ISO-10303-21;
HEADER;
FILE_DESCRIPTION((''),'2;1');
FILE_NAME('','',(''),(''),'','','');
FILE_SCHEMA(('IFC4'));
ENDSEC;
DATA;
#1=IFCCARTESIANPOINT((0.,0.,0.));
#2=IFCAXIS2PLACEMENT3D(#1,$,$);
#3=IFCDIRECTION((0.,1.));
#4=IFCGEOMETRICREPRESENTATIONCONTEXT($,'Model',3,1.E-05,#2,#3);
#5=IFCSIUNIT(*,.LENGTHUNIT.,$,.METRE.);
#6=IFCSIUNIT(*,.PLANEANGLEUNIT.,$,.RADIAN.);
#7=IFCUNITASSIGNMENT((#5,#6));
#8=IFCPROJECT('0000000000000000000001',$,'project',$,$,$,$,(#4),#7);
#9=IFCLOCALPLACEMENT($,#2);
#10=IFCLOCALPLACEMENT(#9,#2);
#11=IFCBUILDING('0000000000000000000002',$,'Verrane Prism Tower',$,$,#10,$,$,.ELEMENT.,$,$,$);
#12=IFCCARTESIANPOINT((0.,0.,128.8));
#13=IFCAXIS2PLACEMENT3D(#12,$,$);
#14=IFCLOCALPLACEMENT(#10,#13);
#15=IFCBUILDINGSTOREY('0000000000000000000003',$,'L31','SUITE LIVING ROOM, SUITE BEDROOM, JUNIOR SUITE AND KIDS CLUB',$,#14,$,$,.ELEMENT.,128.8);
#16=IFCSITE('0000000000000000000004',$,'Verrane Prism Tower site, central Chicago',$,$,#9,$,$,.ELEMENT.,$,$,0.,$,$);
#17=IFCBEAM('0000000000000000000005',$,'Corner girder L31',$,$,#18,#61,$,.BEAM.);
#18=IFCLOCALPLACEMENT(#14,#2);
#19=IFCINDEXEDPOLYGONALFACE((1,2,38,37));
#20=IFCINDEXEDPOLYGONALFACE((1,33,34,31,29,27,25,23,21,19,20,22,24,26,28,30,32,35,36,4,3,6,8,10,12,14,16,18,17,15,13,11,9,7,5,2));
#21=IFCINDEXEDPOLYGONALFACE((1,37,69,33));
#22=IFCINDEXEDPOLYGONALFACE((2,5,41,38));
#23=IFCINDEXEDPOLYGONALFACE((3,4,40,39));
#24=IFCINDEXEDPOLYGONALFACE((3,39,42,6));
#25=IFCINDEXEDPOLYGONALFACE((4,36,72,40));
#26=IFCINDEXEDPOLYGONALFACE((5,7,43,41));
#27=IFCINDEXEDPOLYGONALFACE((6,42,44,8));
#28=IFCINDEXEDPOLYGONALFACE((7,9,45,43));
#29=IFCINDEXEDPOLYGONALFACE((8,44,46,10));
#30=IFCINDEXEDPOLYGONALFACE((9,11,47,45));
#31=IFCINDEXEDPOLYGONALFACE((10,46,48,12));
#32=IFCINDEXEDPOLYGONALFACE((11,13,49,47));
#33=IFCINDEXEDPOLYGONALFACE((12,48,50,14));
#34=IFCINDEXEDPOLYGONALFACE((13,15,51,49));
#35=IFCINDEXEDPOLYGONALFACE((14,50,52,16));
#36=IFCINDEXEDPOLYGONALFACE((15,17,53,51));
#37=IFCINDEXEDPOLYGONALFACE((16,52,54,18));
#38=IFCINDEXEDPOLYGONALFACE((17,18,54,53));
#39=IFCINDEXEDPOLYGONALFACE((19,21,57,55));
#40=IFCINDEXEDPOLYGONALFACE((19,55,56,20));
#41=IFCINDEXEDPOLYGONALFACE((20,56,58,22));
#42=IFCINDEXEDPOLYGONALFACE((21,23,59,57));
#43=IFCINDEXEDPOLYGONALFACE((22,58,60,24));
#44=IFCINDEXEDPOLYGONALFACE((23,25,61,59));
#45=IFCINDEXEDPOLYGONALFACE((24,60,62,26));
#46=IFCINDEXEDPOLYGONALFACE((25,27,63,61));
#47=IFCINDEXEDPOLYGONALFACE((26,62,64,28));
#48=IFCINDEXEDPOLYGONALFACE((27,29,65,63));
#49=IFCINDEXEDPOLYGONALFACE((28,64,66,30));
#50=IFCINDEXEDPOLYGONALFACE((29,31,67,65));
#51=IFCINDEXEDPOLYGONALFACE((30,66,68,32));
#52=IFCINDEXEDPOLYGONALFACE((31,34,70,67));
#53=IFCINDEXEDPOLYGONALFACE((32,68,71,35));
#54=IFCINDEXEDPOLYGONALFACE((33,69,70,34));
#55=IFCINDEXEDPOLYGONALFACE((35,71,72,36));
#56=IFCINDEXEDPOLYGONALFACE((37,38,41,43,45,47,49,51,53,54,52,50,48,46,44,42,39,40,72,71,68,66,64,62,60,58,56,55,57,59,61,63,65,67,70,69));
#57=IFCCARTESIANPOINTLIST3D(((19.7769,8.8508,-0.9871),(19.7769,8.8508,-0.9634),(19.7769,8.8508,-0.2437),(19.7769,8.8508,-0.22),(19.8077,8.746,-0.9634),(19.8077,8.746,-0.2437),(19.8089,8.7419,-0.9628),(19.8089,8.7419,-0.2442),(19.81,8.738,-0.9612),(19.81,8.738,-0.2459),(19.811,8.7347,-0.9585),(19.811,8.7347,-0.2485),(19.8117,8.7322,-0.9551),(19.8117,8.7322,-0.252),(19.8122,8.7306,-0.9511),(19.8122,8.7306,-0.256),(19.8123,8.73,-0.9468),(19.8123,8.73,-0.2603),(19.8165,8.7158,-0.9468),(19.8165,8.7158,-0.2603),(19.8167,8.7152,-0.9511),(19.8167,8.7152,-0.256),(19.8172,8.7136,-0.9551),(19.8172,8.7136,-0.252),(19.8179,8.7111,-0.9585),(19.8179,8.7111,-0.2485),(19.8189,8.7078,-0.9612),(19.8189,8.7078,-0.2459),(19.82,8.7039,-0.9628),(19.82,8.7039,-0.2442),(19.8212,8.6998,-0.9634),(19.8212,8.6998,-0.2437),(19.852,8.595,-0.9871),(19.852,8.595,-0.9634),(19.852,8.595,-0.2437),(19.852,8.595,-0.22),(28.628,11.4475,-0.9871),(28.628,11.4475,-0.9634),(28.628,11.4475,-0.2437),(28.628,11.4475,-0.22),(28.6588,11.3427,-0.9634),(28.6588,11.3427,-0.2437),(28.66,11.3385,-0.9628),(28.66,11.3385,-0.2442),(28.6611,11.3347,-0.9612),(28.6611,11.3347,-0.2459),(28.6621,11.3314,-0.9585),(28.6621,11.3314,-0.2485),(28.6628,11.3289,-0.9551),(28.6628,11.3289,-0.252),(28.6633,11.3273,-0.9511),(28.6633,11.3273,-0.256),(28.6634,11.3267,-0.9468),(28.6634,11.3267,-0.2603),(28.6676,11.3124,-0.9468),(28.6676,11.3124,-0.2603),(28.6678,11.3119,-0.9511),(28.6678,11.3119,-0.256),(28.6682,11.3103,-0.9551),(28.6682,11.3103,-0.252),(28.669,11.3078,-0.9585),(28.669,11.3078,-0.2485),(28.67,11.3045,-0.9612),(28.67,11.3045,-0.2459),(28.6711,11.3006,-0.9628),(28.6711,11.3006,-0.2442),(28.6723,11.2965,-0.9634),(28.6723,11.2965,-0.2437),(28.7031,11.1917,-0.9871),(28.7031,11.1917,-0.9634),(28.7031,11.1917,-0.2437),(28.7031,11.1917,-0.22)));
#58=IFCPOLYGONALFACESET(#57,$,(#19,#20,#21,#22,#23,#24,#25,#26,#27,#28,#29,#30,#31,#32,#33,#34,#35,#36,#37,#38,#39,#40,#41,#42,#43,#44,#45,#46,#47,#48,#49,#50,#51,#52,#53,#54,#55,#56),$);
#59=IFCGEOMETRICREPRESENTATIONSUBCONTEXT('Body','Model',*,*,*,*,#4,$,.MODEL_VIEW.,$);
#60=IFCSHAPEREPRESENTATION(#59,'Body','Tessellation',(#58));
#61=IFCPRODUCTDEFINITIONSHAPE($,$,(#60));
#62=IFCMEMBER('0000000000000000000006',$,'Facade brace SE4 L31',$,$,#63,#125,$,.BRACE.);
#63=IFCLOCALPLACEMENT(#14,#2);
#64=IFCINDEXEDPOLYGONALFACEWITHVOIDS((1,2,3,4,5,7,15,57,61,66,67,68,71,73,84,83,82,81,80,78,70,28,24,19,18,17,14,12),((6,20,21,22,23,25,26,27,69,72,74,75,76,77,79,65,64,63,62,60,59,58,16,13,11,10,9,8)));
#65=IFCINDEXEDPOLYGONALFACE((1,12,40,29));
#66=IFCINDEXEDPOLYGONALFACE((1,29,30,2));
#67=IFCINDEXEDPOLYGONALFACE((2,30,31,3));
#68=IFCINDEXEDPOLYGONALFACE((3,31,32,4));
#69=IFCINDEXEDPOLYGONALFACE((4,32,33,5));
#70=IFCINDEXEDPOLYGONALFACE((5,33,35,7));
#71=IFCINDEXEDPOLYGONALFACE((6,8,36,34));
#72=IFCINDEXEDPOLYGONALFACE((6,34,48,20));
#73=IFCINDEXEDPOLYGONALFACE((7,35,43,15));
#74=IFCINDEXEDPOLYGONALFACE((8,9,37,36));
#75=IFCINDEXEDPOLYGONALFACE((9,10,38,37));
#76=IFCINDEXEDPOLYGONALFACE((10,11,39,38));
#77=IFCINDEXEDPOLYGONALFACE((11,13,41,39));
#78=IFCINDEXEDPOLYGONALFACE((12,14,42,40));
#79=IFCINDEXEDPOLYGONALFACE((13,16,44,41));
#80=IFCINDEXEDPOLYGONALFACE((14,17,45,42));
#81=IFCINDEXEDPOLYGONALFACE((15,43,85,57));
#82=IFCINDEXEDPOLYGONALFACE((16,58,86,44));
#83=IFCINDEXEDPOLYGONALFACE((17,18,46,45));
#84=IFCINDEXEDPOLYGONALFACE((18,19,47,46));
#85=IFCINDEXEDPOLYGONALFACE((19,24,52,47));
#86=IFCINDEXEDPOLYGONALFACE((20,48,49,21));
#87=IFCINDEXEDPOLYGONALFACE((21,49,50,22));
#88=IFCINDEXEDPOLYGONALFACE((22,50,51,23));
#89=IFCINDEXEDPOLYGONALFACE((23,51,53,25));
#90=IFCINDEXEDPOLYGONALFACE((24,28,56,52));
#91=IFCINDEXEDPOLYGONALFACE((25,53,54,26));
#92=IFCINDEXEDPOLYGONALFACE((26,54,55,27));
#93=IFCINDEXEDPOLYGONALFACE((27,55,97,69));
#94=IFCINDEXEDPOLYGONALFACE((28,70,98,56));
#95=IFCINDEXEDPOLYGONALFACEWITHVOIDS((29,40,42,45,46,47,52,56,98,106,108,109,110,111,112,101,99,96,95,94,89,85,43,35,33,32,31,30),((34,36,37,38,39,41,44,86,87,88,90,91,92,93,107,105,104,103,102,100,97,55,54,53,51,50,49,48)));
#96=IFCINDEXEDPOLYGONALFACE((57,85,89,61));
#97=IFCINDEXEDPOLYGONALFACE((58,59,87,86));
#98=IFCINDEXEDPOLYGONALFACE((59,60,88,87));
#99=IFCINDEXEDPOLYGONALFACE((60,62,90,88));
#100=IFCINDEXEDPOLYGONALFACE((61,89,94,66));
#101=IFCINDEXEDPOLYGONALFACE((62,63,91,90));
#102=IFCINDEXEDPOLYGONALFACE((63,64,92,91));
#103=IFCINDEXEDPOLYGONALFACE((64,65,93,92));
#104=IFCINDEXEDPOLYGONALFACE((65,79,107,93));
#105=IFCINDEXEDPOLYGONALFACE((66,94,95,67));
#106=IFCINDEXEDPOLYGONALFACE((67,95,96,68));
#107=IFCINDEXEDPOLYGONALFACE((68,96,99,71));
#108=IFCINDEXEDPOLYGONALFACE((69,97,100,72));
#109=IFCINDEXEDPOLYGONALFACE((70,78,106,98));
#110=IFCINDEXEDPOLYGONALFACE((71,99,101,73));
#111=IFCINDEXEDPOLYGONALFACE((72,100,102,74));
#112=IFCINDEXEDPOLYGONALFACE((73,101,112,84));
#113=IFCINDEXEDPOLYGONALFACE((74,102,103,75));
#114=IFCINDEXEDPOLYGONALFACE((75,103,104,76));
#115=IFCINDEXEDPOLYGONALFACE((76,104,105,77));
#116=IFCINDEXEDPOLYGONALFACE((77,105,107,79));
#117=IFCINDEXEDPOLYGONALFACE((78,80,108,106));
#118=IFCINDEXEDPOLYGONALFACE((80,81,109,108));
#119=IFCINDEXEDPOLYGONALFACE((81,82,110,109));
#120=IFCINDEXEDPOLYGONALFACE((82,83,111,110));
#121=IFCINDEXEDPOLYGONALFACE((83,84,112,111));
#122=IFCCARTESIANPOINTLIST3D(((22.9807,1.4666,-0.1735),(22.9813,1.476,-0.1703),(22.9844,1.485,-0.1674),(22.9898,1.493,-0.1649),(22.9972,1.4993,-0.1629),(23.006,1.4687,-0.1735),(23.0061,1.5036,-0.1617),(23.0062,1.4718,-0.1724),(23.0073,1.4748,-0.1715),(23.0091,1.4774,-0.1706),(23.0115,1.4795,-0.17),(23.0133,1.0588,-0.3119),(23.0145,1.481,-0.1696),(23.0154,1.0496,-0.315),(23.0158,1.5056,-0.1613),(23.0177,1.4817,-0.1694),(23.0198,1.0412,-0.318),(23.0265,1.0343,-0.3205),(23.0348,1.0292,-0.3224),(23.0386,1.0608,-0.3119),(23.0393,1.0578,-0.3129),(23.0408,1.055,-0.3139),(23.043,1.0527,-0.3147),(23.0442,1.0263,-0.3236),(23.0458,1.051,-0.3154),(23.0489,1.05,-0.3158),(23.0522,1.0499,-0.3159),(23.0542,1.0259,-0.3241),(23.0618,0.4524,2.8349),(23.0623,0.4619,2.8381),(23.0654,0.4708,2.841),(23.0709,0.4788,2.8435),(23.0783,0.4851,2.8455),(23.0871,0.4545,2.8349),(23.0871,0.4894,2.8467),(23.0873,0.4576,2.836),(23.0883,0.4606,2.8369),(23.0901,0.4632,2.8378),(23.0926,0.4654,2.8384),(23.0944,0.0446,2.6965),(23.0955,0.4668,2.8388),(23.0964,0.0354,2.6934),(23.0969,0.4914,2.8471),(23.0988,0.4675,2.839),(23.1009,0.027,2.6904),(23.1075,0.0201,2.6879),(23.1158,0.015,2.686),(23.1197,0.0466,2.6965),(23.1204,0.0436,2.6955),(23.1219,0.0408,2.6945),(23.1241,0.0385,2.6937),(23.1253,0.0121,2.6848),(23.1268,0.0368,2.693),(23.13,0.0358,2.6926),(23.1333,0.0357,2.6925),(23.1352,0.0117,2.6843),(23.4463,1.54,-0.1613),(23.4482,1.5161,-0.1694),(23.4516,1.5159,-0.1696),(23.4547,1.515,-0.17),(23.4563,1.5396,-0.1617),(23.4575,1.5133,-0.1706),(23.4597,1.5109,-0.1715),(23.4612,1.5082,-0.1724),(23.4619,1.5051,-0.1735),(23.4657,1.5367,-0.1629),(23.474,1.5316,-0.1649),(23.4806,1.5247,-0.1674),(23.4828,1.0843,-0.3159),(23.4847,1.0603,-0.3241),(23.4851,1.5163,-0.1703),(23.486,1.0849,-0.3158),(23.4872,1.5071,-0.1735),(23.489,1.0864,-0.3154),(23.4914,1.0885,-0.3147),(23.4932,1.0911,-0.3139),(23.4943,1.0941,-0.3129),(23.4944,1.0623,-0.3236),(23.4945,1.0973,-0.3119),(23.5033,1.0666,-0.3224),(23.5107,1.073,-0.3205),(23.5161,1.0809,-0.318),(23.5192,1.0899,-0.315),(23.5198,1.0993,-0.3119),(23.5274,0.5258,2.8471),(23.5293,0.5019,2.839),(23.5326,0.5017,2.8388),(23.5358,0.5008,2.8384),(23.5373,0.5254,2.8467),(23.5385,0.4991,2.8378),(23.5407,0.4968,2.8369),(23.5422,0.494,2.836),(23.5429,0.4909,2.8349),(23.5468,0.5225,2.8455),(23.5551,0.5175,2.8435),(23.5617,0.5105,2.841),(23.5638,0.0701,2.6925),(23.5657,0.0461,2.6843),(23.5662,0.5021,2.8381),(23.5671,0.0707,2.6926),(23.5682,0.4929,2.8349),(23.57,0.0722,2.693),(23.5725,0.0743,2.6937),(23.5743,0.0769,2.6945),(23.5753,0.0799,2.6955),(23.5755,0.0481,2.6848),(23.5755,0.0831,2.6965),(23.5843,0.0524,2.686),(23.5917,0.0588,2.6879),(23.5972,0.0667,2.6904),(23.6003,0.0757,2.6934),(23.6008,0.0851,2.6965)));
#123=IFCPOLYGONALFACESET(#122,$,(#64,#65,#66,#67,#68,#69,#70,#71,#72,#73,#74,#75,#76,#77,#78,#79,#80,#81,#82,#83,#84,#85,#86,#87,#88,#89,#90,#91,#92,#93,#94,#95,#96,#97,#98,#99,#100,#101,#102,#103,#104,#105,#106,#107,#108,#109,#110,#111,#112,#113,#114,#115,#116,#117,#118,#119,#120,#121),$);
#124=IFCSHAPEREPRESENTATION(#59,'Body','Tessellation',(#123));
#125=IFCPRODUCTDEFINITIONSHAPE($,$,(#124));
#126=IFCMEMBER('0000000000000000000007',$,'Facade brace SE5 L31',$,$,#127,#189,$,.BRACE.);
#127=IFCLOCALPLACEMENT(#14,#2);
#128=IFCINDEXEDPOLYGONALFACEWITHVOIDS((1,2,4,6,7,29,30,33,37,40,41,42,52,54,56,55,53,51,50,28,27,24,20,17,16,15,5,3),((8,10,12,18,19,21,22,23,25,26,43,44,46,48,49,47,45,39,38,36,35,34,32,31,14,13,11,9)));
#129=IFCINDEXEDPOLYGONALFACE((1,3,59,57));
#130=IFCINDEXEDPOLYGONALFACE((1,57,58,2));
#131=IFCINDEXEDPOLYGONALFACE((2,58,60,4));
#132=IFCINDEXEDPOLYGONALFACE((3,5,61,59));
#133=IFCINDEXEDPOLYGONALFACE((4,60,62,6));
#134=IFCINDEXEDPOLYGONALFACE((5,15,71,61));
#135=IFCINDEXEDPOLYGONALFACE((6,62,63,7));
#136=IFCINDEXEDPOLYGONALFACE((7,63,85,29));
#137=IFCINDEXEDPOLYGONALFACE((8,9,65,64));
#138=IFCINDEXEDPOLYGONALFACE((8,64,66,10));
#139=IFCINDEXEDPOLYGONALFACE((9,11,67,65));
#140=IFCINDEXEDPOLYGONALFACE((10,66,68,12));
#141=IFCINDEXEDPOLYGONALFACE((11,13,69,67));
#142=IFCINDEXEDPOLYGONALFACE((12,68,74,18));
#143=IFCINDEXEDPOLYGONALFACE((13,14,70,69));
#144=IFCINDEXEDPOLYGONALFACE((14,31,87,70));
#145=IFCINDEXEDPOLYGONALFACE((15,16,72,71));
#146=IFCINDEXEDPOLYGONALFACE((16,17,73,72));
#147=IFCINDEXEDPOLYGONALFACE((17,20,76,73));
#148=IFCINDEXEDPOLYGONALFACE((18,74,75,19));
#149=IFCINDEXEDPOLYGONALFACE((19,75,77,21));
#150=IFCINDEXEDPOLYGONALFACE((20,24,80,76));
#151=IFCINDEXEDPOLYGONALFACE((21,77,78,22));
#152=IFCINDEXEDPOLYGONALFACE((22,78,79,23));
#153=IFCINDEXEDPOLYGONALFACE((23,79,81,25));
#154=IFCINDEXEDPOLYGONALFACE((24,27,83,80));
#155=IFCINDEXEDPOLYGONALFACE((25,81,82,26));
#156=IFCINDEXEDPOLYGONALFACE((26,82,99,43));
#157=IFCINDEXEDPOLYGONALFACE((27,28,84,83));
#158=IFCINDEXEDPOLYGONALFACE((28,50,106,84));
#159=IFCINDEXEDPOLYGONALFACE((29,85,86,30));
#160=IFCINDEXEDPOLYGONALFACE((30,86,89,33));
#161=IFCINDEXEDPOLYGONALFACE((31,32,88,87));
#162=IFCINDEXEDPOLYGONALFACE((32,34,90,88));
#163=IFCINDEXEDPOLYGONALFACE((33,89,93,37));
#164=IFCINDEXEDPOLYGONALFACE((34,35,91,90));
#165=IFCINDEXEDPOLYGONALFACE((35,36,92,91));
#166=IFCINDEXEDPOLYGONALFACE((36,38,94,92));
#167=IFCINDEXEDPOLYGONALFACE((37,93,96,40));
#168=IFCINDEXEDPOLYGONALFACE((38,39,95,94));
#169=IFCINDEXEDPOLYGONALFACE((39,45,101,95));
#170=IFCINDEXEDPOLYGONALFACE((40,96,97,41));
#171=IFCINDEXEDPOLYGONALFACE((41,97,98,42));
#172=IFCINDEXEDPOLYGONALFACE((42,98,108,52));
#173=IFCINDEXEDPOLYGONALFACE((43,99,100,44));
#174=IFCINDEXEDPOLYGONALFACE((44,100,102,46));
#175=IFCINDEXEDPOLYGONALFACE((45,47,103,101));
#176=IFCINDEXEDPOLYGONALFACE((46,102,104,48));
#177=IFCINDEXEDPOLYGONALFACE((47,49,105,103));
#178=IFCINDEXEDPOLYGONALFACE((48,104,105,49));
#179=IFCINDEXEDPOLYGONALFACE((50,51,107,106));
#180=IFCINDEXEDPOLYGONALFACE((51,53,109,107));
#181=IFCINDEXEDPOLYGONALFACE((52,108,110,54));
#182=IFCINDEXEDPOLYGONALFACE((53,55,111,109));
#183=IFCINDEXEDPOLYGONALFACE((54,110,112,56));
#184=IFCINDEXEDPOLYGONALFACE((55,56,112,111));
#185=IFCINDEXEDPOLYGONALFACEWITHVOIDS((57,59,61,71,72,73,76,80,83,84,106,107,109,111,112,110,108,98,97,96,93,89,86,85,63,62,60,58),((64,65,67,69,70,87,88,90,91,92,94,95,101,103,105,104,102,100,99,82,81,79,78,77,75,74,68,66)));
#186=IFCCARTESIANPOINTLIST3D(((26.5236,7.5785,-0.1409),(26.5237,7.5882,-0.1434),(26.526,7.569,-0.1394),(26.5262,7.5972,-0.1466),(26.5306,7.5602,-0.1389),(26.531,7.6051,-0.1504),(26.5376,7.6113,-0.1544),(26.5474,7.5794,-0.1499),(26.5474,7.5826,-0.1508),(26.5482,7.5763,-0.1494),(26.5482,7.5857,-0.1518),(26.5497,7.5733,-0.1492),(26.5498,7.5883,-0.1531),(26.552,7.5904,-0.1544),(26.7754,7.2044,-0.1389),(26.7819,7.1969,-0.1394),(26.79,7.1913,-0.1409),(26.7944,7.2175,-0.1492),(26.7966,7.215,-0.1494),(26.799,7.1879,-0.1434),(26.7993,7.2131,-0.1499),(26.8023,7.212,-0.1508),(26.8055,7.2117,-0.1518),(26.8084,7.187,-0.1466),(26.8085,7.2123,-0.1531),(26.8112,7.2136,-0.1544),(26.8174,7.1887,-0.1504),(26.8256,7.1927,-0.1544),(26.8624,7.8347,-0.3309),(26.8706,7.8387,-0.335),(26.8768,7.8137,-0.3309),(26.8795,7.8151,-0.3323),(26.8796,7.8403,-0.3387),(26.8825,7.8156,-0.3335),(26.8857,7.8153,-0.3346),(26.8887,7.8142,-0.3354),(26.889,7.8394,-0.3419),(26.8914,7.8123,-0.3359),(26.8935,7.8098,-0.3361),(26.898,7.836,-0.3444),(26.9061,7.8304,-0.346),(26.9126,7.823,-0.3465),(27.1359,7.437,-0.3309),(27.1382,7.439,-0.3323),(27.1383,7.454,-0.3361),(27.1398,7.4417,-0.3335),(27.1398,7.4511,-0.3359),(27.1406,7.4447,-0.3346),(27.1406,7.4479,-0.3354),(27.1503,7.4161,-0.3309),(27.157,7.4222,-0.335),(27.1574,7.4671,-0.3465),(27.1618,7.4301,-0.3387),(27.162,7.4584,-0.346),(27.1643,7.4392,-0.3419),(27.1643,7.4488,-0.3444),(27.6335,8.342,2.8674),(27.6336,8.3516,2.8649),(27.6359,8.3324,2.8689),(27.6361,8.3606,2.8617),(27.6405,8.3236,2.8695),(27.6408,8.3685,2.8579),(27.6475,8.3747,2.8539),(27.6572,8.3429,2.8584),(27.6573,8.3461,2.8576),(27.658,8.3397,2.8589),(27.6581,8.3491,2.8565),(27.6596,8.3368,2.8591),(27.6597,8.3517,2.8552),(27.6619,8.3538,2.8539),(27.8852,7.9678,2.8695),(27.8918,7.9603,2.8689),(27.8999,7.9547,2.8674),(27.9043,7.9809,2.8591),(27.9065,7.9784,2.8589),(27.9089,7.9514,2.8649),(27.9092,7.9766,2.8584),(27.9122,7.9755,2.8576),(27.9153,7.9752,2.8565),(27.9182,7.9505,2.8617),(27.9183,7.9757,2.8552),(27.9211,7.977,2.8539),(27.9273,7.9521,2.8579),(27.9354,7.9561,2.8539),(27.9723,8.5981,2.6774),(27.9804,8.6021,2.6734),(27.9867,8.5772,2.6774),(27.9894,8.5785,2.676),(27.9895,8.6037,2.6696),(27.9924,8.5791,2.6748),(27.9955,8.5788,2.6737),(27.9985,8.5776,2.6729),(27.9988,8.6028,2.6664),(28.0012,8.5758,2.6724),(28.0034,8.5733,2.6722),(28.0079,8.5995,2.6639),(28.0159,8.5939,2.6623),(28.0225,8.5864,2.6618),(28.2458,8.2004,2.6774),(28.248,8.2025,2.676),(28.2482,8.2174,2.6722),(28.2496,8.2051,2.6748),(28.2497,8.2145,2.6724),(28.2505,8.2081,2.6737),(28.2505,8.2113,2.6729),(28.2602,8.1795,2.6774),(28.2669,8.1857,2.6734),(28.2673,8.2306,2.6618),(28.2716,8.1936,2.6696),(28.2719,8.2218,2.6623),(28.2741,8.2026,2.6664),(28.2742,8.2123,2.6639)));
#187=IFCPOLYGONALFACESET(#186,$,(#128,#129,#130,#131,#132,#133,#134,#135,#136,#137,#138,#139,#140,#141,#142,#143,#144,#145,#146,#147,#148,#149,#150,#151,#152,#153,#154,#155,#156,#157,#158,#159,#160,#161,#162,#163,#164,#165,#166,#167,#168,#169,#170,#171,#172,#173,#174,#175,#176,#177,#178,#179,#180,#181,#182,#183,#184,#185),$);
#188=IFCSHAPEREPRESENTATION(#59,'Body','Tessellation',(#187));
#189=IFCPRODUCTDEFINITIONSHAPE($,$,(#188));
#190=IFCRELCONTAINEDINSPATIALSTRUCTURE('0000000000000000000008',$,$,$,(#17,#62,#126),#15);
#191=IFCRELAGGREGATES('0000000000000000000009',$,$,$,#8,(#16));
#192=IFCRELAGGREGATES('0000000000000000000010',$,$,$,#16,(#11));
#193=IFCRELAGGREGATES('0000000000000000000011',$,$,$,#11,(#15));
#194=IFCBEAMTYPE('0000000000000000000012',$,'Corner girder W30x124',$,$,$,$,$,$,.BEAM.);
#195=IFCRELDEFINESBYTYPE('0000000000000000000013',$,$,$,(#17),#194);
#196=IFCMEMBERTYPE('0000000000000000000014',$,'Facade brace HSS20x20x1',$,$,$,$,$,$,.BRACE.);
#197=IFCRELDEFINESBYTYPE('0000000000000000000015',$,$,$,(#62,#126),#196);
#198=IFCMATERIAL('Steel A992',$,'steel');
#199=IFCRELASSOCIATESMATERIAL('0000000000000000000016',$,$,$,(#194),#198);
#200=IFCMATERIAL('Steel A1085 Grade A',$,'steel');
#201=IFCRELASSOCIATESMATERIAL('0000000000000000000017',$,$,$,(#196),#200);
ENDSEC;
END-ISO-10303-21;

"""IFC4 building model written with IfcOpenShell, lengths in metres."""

from ifc_helpers import new_model, si_unit, direction, frame, origin, origin_2d, place, context, subcontext, project, spatial, hollow_rectangle, i_section, extrude, material, material_profile, profile_set, type_object, element, save


model = new_model("IFC4")

# Units and contexts
model_context = context("Model", 3, precision=1e-05, world=origin(), true_north=direction((0.0, 1.0)))
body_context = subcontext(model_context, "Body", "Model", "MODEL_VIEW")
ifc_project = project(units=[si_unit("LENGTHUNIT", "METRE"), si_unit("PLANEANGLEUNIT", "RADIAN")], contexts=[model_context])

# Site, building, storey
site_placement = place(None, origin())
site = spatial("IfcSite", under=ifc_project, at=site_placement, Name="Verrane Prism Tower site, central Chicago", CompositionType="ELEMENT", RefElevation=0.0)
building_placement = place(site_placement, origin())
building = spatial("IfcBuilding", under=site, at=building_placement, Name="Verrane Prism Tower", CompositionType="ELEMENT")
storey_placement = place(building_placement, frame((0.0, 0.0, 128.8)))
storey = spatial("IfcBuildingStorey", under=building, at=storey_placement, Name="L31", Description="SUITE LIVING ROOM, SUITE BEDROOM, JUNIOR SUITE AND KIDS CLUB", CompositionType="ELEMENT", Elevation=128.8)

# Beam
ifc_material_1 = material(Name="Steel A992", Category="steel")
ifc_material_profile_1 = material_profile(ifc_material_1, i_section(OverallWidth=0.2666, OverallDepth=0.7671, WebThickness=0.0149, FlangeThickness=0.0237, FilletRadius=0.0166, at=origin_2d()), Name="W30x124")
ifc_profile_set_1 = profile_set([ifc_material_profile_1], Name="Steel A992")
beam_type_1 = type_object("IfcBeamType", Name="Corner girder W30x124", PredefinedType="BEAM", material=ifc_profile_set_1)
beam_1_placement = place(storey_placement, frame((28.6655, 11.3196, -0.6035), z_axis=(-0.959558, -0.28151, 0.0), x_axis=(0.28151, -0.959558, 0.0)))
element("IfcBeam", 1, at=beam_1_placement, inside=storey, type_object=beam_type_1, Name="Corner girder L31", PredefinedType="BEAM", context=body_context, shape_type="SweptSolid", body=[
    extrude(i_section(OverallWidth=0.2666, OverallDepth=0.7671, WebThickness=0.0149, FlangeThickness=0.0237, FilletRadius=0.0166, at=origin_2d()), origin(), (0.0, 0.0, 1.0), 9.2241),
])

# Members
ifc_material_2 = material(Name="Steel A1085 Grade A", Category="steel")
ifc_material_profile_2 = material_profile(ifc_material_2, hollow_rectangle(XDim=0.5081, YDim=0.5081, WallThickness=0.0254, InnerFilletRadius=0.0127, OuterFilletRadius=0.0381, at=origin_2d()), Name="HSS20x20x1")
ifc_profile_set_2 = profile_set([ifc_material_profile_2], Name="Steel A1085 Grade A")
member_type_1 = type_object("IfcMemberType", Name="Facade brace HSS20x20x1", PredefinedType="BRACE", material=ifc_profile_set_2)
member_1_placement = place(storey_placement, frame((23.2502, 1.283, -0.2427), z_axis=(0.025524, -0.319352, 0.947292), x_axis=(0.996821, 0.079669, 0.0)))
element("IfcMember", 2, at=member_1_placement, inside=storey, type_object=member_type_1, Name="Facade brace SE4 L31", PredefinedType="BRACE", context=body_context, shape_type="SweptSolid", body=[
    extrude(hollow_rectangle(XDim=0.5081, YDim=0.5081, WallThickness=0.0254, InnerFilletRadius=0.0127, OuterFilletRadius=0.0381, at=origin_2d()), origin(), (0.0, 0.0, 1.0), 3.1758),
])
member_2_placement = place(storey_placement, frame((26.844, 7.5137, -0.2427), z_axis=(0.336717, 0.231613, 0.912676), x_axis=(-0.566729, 0.823904, 0.0)))
element("IfcMember", 3, at=member_2_placement, inside=storey, type_object=member_type_1, Name="Facade brace SE5 L31", PredefinedType="BRACE", context=body_context, shape_type="SweptSolid", body=[
    extrude(hollow_rectangle(XDim=0.5081, YDim=0.5081, WallThickness=0.0254, InnerFilletRadius=0.0127, OuterFilletRadius=0.0381, at=origin_2d()), origin(), (0.0, 0.0, 1.0), 3.2961),
])

save(model, "model.ifc")
